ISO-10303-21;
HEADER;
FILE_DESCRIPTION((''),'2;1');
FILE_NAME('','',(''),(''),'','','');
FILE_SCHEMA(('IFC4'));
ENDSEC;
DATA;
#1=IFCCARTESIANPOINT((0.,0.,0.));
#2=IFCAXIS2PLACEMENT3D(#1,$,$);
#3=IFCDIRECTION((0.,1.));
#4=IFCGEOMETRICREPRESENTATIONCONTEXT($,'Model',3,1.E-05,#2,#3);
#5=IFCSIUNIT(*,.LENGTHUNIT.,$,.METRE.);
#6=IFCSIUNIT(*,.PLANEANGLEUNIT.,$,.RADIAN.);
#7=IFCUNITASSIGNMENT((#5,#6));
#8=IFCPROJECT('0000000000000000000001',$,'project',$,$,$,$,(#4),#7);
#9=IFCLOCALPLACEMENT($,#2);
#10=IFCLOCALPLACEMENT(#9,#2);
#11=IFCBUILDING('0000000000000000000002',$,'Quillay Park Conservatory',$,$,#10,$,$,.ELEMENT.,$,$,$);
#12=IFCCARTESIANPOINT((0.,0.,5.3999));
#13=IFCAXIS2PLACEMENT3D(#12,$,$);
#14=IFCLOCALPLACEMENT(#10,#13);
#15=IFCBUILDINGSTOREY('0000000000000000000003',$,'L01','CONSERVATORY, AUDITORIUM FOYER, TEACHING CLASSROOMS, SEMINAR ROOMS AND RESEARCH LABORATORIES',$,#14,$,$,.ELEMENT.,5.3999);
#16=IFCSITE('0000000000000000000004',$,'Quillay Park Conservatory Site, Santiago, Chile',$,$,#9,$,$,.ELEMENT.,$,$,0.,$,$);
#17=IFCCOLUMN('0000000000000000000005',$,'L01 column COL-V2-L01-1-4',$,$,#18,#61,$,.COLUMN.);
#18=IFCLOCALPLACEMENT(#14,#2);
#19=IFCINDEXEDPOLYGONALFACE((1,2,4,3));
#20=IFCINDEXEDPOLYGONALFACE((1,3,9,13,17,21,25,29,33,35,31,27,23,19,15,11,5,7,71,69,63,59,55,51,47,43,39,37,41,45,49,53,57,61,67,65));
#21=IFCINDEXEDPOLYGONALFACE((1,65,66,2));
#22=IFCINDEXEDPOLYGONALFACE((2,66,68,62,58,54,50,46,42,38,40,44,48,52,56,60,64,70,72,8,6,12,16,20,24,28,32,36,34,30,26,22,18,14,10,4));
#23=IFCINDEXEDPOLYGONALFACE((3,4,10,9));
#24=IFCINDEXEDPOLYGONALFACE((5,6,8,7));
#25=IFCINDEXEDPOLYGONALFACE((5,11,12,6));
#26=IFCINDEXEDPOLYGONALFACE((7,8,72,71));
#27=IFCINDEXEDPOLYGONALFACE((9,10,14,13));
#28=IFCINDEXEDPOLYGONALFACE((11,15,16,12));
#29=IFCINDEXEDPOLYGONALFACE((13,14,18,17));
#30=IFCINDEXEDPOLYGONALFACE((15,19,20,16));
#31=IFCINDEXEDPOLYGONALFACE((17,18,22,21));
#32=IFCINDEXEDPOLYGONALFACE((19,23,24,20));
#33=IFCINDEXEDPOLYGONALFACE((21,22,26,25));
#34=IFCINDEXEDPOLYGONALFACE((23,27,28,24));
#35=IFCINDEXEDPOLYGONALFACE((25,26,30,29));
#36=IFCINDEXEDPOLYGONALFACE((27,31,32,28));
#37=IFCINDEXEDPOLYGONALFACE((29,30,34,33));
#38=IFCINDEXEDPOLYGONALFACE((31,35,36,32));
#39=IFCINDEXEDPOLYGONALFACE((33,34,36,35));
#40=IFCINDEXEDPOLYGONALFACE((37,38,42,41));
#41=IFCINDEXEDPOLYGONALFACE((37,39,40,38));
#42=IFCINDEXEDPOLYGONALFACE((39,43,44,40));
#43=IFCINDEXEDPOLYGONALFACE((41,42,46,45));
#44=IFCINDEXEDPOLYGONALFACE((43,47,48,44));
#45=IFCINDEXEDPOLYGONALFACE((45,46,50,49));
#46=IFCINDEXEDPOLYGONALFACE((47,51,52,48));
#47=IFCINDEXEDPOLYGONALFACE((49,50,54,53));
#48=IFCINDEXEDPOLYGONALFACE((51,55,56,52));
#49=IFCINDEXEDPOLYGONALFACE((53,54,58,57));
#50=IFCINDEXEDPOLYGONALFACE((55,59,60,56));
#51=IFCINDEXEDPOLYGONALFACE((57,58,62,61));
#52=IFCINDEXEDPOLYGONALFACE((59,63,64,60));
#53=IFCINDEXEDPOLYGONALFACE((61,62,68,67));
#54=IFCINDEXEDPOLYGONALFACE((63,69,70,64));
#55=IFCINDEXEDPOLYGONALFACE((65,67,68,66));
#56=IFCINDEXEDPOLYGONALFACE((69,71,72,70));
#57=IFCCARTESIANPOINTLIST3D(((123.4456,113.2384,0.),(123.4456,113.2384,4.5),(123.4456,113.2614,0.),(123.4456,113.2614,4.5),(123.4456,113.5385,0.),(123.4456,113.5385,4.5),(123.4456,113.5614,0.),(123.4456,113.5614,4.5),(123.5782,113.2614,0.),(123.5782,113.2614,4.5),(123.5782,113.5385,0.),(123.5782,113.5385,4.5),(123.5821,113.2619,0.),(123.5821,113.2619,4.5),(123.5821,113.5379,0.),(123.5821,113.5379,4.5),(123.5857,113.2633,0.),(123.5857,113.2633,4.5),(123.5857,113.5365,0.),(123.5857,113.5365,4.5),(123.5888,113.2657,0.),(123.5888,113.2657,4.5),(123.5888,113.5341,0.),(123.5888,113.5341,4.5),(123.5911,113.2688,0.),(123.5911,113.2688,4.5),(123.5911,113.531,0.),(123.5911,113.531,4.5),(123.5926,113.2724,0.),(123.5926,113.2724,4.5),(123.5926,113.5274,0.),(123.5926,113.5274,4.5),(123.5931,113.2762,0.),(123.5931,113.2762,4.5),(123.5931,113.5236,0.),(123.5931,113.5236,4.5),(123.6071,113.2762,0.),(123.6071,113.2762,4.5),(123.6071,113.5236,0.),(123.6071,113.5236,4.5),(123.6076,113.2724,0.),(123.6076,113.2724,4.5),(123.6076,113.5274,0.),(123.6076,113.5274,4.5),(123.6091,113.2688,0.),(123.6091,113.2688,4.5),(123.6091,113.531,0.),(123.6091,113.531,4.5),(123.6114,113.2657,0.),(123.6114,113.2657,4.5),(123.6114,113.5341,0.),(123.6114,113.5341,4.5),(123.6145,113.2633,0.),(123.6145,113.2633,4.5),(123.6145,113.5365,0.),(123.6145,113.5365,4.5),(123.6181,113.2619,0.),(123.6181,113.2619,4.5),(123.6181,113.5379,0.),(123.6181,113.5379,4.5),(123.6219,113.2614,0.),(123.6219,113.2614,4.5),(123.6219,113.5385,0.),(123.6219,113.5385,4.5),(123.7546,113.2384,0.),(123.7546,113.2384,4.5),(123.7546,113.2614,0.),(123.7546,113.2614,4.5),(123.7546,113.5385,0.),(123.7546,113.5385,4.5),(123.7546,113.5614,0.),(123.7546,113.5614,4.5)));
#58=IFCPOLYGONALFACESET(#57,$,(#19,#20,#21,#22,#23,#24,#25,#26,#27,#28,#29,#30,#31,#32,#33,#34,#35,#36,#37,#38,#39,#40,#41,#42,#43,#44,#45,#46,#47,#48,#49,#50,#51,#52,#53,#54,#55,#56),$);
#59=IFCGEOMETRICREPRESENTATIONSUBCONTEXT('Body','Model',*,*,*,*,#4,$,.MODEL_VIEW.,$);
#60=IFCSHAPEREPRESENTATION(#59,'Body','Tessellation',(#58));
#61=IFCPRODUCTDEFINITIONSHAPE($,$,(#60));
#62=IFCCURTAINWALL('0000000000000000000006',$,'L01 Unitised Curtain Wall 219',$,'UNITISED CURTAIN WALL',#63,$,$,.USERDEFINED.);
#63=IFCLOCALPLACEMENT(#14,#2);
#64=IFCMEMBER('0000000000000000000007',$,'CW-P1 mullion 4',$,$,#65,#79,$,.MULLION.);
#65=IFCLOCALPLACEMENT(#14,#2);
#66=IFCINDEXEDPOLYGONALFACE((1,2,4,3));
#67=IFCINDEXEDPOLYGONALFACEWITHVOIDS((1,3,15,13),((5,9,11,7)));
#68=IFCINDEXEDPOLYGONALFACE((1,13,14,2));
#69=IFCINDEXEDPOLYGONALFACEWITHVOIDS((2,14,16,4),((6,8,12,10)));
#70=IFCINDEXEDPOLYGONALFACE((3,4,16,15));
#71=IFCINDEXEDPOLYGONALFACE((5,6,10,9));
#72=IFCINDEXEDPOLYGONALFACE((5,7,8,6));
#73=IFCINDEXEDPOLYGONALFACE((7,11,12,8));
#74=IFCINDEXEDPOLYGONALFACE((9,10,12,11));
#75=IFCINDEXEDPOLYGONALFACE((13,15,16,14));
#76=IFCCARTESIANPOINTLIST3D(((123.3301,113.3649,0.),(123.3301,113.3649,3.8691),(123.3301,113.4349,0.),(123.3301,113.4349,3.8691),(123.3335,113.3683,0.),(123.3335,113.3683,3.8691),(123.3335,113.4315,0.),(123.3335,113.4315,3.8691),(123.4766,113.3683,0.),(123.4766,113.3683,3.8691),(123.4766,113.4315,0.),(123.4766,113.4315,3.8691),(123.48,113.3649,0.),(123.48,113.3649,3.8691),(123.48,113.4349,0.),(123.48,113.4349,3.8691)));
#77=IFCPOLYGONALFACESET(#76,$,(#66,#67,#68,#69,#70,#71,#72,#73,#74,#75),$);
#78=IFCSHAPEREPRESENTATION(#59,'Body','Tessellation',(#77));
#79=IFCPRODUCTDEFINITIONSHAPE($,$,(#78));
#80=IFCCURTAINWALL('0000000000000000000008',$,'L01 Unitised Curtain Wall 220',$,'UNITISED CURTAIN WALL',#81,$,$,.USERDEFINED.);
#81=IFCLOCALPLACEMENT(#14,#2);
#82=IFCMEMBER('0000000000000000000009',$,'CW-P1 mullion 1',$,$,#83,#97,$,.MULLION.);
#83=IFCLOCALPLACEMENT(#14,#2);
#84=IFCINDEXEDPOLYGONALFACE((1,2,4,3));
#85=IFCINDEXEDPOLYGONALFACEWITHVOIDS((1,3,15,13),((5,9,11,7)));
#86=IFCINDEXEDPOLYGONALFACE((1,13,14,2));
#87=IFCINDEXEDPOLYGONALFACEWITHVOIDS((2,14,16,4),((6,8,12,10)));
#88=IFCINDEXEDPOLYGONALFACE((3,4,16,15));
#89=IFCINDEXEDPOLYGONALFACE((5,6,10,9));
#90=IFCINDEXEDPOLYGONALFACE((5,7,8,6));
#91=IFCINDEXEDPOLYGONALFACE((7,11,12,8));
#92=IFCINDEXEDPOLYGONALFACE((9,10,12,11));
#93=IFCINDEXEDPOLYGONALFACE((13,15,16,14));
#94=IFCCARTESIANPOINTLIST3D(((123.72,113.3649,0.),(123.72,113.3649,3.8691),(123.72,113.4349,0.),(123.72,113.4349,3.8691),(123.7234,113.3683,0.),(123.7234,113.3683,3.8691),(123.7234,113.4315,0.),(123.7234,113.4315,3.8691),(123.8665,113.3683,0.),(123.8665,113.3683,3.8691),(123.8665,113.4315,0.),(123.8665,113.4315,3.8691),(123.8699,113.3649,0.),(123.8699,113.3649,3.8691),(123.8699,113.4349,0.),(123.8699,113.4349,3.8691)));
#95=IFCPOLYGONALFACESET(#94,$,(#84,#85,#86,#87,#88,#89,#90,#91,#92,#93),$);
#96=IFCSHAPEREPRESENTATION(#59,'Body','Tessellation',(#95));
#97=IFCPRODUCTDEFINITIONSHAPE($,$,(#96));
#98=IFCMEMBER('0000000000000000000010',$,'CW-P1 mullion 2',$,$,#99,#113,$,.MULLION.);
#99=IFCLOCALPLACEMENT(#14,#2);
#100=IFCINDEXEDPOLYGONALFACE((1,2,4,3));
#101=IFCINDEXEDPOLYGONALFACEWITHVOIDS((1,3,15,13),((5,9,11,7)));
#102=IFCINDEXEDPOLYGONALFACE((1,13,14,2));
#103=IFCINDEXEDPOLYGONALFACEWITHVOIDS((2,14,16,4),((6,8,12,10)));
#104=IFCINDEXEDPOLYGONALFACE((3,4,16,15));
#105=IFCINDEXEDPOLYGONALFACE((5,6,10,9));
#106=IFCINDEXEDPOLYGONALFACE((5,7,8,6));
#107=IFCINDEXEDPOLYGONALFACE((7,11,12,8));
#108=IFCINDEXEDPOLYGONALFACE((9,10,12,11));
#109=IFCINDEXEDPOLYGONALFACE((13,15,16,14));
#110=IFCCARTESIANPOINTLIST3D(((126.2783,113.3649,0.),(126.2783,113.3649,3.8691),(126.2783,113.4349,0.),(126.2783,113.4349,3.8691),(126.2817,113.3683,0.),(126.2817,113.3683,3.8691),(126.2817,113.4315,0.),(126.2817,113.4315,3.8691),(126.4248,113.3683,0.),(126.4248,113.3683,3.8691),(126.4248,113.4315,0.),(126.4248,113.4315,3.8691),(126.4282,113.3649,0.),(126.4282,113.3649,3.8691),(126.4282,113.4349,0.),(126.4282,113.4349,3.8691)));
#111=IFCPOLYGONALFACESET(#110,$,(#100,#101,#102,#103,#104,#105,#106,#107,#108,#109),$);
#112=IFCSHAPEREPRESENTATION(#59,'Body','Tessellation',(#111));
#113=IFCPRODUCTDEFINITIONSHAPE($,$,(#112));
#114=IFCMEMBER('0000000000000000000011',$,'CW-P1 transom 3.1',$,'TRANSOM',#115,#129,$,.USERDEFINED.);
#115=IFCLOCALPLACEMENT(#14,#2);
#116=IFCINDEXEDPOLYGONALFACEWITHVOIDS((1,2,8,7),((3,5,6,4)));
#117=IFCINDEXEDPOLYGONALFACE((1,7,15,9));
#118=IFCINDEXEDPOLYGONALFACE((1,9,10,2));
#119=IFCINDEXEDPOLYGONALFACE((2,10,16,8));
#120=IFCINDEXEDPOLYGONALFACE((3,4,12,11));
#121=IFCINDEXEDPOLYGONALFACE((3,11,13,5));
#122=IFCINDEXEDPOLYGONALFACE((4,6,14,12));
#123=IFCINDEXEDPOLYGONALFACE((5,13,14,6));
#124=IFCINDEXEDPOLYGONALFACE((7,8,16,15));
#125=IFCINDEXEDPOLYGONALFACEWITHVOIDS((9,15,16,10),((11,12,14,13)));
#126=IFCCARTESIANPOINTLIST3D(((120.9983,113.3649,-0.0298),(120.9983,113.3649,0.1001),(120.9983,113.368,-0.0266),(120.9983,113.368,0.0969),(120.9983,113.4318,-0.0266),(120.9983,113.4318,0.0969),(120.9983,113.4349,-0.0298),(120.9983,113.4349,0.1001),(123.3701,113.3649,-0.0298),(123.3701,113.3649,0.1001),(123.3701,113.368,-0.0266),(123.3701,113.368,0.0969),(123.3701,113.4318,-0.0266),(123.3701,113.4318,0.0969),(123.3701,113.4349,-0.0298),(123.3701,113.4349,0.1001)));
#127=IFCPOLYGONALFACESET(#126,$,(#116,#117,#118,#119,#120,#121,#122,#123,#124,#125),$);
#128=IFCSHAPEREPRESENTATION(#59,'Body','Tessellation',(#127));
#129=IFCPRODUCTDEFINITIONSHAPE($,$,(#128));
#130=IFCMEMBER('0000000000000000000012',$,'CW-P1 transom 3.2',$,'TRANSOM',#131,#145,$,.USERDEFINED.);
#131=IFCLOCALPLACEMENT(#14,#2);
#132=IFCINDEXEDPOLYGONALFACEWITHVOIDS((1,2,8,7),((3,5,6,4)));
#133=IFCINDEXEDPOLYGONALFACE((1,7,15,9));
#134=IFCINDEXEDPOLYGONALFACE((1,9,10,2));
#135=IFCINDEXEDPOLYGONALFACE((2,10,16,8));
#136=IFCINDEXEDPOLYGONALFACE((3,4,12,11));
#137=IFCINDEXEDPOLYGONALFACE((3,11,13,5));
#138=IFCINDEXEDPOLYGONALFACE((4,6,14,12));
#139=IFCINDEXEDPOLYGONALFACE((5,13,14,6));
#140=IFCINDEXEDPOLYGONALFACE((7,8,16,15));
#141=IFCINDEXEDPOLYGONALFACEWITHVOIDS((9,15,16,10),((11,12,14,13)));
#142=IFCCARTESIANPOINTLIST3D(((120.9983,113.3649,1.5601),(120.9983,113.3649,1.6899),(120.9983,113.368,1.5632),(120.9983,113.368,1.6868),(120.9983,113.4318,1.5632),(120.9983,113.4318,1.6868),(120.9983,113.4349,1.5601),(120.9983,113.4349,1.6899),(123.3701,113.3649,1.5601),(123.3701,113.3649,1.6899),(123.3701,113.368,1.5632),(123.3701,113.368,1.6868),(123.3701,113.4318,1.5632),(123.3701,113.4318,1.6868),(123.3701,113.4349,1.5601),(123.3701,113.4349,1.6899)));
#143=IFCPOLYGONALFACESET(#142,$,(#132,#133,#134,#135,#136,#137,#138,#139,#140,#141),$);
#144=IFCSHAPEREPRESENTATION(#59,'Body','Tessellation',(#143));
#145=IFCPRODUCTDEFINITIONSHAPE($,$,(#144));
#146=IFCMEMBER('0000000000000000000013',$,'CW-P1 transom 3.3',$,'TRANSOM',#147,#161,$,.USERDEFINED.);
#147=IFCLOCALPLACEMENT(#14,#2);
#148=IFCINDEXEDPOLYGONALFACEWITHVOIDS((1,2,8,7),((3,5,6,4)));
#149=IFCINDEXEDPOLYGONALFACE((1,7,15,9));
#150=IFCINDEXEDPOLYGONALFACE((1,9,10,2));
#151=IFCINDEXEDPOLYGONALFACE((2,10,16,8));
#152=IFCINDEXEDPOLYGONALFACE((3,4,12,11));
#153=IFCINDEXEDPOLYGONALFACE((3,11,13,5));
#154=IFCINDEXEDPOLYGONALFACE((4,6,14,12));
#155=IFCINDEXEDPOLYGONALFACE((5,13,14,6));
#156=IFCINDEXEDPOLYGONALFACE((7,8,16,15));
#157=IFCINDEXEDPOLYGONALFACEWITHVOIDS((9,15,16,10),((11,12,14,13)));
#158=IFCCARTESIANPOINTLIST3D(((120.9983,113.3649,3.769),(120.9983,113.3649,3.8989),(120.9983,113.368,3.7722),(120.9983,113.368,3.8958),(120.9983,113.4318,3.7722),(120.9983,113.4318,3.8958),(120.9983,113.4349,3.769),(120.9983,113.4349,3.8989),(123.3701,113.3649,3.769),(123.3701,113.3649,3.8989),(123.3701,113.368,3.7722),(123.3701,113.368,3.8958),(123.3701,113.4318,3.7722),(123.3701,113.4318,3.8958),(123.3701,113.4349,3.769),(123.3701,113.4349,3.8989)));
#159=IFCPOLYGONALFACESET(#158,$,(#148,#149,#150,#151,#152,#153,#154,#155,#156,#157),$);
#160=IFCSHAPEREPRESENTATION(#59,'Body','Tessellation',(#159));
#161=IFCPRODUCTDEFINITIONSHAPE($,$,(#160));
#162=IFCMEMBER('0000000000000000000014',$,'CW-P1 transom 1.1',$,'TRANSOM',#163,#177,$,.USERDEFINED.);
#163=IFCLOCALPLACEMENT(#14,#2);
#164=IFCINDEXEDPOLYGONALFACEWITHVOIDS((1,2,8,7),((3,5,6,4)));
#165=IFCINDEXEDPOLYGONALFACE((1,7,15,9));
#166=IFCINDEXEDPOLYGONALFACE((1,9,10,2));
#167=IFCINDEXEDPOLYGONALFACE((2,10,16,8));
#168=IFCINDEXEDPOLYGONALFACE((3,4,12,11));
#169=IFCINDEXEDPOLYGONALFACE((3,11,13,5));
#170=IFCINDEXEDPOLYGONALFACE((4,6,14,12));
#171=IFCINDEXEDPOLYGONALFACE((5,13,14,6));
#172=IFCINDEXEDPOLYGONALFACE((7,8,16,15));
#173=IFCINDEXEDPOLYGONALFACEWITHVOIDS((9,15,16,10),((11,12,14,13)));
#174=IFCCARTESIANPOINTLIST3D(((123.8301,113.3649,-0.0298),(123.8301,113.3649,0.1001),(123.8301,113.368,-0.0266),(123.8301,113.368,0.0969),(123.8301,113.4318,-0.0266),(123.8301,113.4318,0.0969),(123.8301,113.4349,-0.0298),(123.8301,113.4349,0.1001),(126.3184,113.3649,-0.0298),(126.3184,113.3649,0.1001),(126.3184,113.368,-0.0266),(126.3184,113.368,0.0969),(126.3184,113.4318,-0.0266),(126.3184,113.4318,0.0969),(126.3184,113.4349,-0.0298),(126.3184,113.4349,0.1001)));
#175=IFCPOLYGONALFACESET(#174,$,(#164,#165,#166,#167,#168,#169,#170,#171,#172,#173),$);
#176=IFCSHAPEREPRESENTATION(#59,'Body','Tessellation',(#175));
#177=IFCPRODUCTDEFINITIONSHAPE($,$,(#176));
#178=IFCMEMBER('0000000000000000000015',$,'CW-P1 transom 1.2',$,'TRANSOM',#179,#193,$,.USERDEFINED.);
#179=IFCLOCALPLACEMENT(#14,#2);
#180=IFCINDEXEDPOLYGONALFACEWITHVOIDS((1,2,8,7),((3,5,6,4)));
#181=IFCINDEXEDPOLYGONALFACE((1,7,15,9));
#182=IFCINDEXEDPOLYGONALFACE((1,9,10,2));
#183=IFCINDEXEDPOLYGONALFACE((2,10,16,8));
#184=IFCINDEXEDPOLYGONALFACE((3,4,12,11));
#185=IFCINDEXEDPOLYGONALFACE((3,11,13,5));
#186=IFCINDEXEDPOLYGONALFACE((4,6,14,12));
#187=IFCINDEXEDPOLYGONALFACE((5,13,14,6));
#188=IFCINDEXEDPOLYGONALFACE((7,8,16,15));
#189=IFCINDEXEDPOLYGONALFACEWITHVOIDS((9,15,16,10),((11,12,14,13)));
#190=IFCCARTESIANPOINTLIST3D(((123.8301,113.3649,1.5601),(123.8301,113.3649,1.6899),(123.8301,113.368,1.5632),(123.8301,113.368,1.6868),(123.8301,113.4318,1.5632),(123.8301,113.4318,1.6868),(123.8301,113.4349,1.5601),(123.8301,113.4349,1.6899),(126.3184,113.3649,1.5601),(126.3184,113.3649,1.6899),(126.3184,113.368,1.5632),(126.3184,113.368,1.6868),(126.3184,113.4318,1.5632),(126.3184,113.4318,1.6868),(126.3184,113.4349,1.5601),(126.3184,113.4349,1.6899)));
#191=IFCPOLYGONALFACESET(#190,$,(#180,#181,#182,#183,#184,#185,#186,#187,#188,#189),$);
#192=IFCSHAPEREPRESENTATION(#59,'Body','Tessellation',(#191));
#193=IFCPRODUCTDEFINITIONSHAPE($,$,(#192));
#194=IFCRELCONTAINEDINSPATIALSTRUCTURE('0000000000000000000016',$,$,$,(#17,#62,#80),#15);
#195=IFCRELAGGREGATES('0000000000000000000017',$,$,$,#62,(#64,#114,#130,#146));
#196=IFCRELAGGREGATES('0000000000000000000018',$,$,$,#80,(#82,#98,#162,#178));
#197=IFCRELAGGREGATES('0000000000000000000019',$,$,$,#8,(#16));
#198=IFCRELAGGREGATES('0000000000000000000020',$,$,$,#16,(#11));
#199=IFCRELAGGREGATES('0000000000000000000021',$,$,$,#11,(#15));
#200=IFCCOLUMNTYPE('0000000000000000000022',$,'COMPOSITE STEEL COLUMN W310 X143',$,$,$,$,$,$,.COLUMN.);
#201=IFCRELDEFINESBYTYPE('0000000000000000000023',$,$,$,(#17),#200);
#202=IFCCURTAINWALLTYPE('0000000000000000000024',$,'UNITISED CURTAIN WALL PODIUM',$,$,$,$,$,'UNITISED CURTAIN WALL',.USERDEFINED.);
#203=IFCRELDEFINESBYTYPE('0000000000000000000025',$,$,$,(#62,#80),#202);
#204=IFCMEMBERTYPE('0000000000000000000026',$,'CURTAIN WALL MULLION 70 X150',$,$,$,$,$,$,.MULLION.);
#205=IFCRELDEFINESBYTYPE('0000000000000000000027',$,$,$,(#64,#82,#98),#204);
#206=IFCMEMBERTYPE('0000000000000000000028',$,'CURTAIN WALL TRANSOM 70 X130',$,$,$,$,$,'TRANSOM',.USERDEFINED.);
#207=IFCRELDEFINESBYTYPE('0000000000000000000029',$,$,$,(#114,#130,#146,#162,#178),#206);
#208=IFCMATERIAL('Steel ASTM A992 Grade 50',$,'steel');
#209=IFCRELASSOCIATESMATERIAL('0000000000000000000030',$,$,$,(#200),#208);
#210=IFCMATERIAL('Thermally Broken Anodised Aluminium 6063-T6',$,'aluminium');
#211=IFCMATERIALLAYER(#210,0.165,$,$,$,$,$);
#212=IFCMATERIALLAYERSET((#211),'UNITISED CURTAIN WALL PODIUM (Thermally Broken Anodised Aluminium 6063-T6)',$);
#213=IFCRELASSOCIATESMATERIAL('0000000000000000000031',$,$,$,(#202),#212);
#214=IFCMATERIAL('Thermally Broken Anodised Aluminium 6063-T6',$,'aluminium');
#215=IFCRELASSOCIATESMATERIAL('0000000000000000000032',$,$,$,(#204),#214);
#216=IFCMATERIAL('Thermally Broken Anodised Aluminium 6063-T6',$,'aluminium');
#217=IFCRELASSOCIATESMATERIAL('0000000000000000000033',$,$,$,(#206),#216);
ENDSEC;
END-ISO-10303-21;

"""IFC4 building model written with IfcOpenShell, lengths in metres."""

from ifc_helpers import new_model, si_unit, direction, frame, origin, origin_2d, place, context, subcontext, project, spatial, hollow_rectangle, i_section, extrude, material, layer, layer_set, material_profile, profile_set, type_object, element, aggregate, save


model = new_model("IFC4")

# Units and contexts
model_context = context("Model", 3, precision=1e-05, world=origin(), true_north=direction((0.0, 1.0)))
body_context = subcontext(model_context, "Body", "Model", "MODEL_VIEW")
ifc_project = project(units=[si_unit("LENGTHUNIT", "METRE"), si_unit("PLANEANGLEUNIT", "RADIAN")], contexts=[model_context])

# Site, building, storey
site_placement = place(None, origin())
site = spatial("IfcSite", under=ifc_project, at=site_placement, Name="Quillay Park Conservatory Site, Santiago, Chile", CompositionType="ELEMENT", RefElevation=0.0)
building_placement = place(site_placement, origin())
building = spatial("IfcBuilding", under=site, at=building_placement, Name="Quillay Park Conservatory", CompositionType="ELEMENT")
storey_placement = place(building_placement, frame((0.0, 0.0, 5.3999)))
storey = spatial("IfcBuildingStorey", under=building, at=storey_placement, Name="L01", Description="CONSERVATORY, AUDITORIUM FOYER, TEACHING CLASSROOMS, SEMINAR ROOMS AND RESEARCH LABORATORIES", CompositionType="ELEMENT", Elevation=5.3999)

# Column
ifc_material_1 = material(Name="Steel ASTM A992 Grade 50", Category="steel")
ifc_material_profile_1 = material_profile(ifc_material_1, i_section(OverallWidth=0.3091, OverallDepth=0.323, WebThickness=0.0139, FlangeThickness=0.0229, FilletRadius=0.0149, at=origin_2d()), Name="W310x143")
ifc_profile_set_1 = profile_set([ifc_material_profile_1], Name="Steel ASTM A992 Grade 50")
column_type = type_object("IfcColumnType", Name="COMPOSITE STEEL COLUMN W310 X143", PredefinedType="COLUMN", material=ifc_profile_set_1)
column_placement = place(storey_placement, frame((123.6001, 113.3999, 0.0), z_axis=(0.0, 0.0, 1.0), x_axis=(1.0, 0.0, 0.0)))
element("IfcColumn", 1, at=column_placement, inside=storey, type_object=column_type, Name="L01 column COL-V2-L01-1-4", PredefinedType="COLUMN", context=body_context, shape_type="SweptSolid", body=[
    extrude(i_section(OverallWidth=0.3091, OverallDepth=0.323, WebThickness=0.0139, FlangeThickness=0.0229, FilletRadius=0.0149, at=origin_2d()), origin(), (0.0, 0.0, 1.0), 4.5),
])

# Curtain wall, member
ifc_material_2 = material(Name="Thermally Broken Anodised Aluminium 6063-T6", Category="aluminium")
ifc_layer_1 = layer(ifc_material_2, 0.165)
ifc_layer_set_1 = layer_set([ifc_layer_1], Name="UNITISED CURTAIN WALL PODIUM (Thermally Broken Anodised Aluminium 6063-T6)")
curtain_wall_type = type_object("IfcCurtainWallType", Name="UNITISED CURTAIN WALL PODIUM", ElementType="UNITISED CURTAIN WALL", PredefinedType="USERDEFINED", material=ifc_layer_set_1)
curtain_wall_1_placement = place(storey_placement, origin())
curtain_wall_1 = element("IfcCurtainWall", 2, at=curtain_wall_1_placement, inside=storey, type_object=curtain_wall_type, Name="L01 Unitised Curtain Wall 219", ObjectType="UNITISED CURTAIN WALL", PredefinedType="USERDEFINED")
ifc_material_3 = material(Name="Thermally Broken Anodised Aluminium 6063-T6", Category="aluminium")
ifc_material_profile_2 = material_profile(ifc_material_3, hollow_rectangle(XDim=0.0701, YDim=0.1499, WallThickness=0.0034, at=origin_2d()), Name="AL70x150x3.5")
ifc_profile_set_2 = profile_set([ifc_material_profile_2], Name="Thermally Broken Anodised Aluminium 6063-T6")
member_type_1 = type_object("IfcMemberType", Name="CURTAIN WALL MULLION 70 X150", PredefinedType="MULLION", material=ifc_profile_set_2)
member_1_placement = place(storey_placement, frame((123.405, 113.3999, 0.0), z_axis=(0.0, 0.0, 1.0), x_axis=(0.0, 1.0, 0.0)))
member_1 = element("IfcMember", 3, at=member_1_placement, type_object=member_type_1, Name="CW-P1 mullion 4", PredefinedType="MULLION", context=body_context, shape_type="SweptSolid", body=[
    extrude(hollow_rectangle(XDim=0.0701, YDim=0.1499, WallThickness=0.0034, at=origin_2d()), origin(), (0.0, 0.0, 1.0), 3.8691),
])

# Curtain wall, members
curtain_wall_2_placement = place(storey_placement, origin())
curtain_wall_2 = element("IfcCurtainWall", 4, at=curtain_wall_2_placement, inside=storey, type_object=curtain_wall_type, Name="L01 Unitised Curtain Wall 220", ObjectType="UNITISED CURTAIN WALL", PredefinedType="USERDEFINED")
member_2_placement = place(storey_placement, frame((123.7949, 113.3999, 0.0), z_axis=(0.0, 0.0, 1.0), x_axis=(0.0, 1.0, 0.0)))
member_2 = element("IfcMember", 5, at=member_2_placement, type_object=member_type_1, Name="CW-P1 mullion 1", PredefinedType="MULLION", context=body_context, shape_type="SweptSolid", body=[
    extrude(hollow_rectangle(XDim=0.0701, YDim=0.1499, WallThickness=0.0034, at=origin_2d()), origin(), (0.0, 0.0, 1.0), 3.8691),
])
member_3_placement = place(storey_placement, frame((126.3533, 113.3999, 0.0), z_axis=(0.0, 0.0, 1.0), x_axis=(0.0, 1.0, 0.0)))
member_3 = element("IfcMember", 6, at=member_3_placement, type_object=member_type_1, Name="CW-P1 mullion 2", PredefinedType="MULLION", context=body_context, shape_type="SweptSolid", body=[
    extrude(hollow_rectangle(XDim=0.0701, YDim=0.1499, WallThickness=0.0034, at=origin_2d()), origin(), (0.0, 0.0, 1.0), 3.8691),
])

# Members
ifc_material_4 = material(Name="Thermally Broken Anodised Aluminium 6063-T6", Category="aluminium")
ifc_material_profile_3 = material_profile(ifc_material_4, hollow_rectangle(XDim=0.0701, YDim=0.1299, WallThickness=0.0032, at=origin_2d()), Name="AL70x130x3.2")
ifc_profile_set_3 = profile_set([ifc_material_profile_3], Name="Thermally Broken Anodised Aluminium 6063-T6")
member_type_2 = type_object("IfcMemberType", Name="CURTAIN WALL TRANSOM 70 X130", ElementType="TRANSOM", PredefinedType="USERDEFINED", material=ifc_profile_set_3)
member_4_placement = place(storey_placement, frame((120.9983, 113.3999, 0.0352), z_axis=(1.0, 0.0, 0.0), x_axis=(0.0, 1.0, 0.0)))
member_4 = element("IfcMember", 7, at=member_4_placement, type_object=member_type_2, Name="CW-P1 transom 3.1", ObjectType="TRANSOM", PredefinedType="USERDEFINED", context=body_context, shape_type="SweptSolid", body=[
    extrude(hollow_rectangle(XDim=0.0701, YDim=0.1299, WallThickness=0.0032, at=origin_2d()), origin(), (0.0, 0.0, 1.0), 2.3718),
])
member_5_placement = place(storey_placement, frame((120.9983, 113.3999, 1.625), z_axis=(1.0, 0.0, 0.0), x_axis=(0.0, 1.0, 0.0)))
member_5 = element("IfcMember", 8, at=member_5_placement, type_object=member_type_2, Name="CW-P1 transom 3.2", ObjectType="TRANSOM", PredefinedType="USERDEFINED", context=body_context, shape_type="SweptSolid", body=[
    extrude(hollow_rectangle(XDim=0.0701, YDim=0.1299, WallThickness=0.0032, at=origin_2d()), origin(), (0.0, 0.0, 1.0), 2.3718),
])
member_6_placement = place(storey_placement, frame((120.9983, 113.3999, 3.834), z_axis=(1.0, 0.0, 0.0), x_axis=(0.0, 1.0, 0.0)))
member_6 = element("IfcMember", 9, at=member_6_placement, type_object=member_type_2, Name="CW-P1 transom 3.3", ObjectType="TRANSOM", PredefinedType="USERDEFINED", context=body_context, shape_type="SweptSolid", body=[
    extrude(hollow_rectangle(XDim=0.0701, YDim=0.1299, WallThickness=0.0032, at=origin_2d()), origin(), (0.0, 0.0, 1.0), 2.3718),
])
member_7_placement = place(storey_placement, frame((123.8301, 113.3999, 0.0352), z_axis=(1.0, 0.0, 0.0), x_axis=(0.0, 1.0, 0.0)))
member_7 = element("IfcMember", 10, at=member_7_placement, type_object=member_type_2, Name="CW-P1 transom 1.1", ObjectType="TRANSOM", PredefinedType="USERDEFINED", context=body_context, shape_type="SweptSolid", body=[
    extrude(hollow_rectangle(XDim=0.0701, YDim=0.1299, WallThickness=0.0032, at=origin_2d()), origin(), (0.0, 0.0, 1.0), 2.4883),
])
member_8_placement = place(storey_placement, frame((123.8301, 113.3999, 1.625), z_axis=(1.0, 0.0, 0.0), x_axis=(0.0, 1.0, 0.0)))
member_8 = element("IfcMember", 11, at=member_8_placement, type_object=member_type_2, Name="CW-P1 transom 1.2", ObjectType="TRANSOM", PredefinedType="USERDEFINED", context=body_context, shape_type="SweptSolid", body=[
    extrude(hollow_rectangle(XDim=0.0701, YDim=0.1299, WallThickness=0.0032, at=origin_2d()), origin(), (0.0, 0.0, 1.0), 2.4883),
])

aggregate(curtain_wall_1, [member_1, member_4, member_5, member_6])
aggregate(curtain_wall_2, [member_2, member_3, member_7, member_8])

save(model, "model.ifc")
